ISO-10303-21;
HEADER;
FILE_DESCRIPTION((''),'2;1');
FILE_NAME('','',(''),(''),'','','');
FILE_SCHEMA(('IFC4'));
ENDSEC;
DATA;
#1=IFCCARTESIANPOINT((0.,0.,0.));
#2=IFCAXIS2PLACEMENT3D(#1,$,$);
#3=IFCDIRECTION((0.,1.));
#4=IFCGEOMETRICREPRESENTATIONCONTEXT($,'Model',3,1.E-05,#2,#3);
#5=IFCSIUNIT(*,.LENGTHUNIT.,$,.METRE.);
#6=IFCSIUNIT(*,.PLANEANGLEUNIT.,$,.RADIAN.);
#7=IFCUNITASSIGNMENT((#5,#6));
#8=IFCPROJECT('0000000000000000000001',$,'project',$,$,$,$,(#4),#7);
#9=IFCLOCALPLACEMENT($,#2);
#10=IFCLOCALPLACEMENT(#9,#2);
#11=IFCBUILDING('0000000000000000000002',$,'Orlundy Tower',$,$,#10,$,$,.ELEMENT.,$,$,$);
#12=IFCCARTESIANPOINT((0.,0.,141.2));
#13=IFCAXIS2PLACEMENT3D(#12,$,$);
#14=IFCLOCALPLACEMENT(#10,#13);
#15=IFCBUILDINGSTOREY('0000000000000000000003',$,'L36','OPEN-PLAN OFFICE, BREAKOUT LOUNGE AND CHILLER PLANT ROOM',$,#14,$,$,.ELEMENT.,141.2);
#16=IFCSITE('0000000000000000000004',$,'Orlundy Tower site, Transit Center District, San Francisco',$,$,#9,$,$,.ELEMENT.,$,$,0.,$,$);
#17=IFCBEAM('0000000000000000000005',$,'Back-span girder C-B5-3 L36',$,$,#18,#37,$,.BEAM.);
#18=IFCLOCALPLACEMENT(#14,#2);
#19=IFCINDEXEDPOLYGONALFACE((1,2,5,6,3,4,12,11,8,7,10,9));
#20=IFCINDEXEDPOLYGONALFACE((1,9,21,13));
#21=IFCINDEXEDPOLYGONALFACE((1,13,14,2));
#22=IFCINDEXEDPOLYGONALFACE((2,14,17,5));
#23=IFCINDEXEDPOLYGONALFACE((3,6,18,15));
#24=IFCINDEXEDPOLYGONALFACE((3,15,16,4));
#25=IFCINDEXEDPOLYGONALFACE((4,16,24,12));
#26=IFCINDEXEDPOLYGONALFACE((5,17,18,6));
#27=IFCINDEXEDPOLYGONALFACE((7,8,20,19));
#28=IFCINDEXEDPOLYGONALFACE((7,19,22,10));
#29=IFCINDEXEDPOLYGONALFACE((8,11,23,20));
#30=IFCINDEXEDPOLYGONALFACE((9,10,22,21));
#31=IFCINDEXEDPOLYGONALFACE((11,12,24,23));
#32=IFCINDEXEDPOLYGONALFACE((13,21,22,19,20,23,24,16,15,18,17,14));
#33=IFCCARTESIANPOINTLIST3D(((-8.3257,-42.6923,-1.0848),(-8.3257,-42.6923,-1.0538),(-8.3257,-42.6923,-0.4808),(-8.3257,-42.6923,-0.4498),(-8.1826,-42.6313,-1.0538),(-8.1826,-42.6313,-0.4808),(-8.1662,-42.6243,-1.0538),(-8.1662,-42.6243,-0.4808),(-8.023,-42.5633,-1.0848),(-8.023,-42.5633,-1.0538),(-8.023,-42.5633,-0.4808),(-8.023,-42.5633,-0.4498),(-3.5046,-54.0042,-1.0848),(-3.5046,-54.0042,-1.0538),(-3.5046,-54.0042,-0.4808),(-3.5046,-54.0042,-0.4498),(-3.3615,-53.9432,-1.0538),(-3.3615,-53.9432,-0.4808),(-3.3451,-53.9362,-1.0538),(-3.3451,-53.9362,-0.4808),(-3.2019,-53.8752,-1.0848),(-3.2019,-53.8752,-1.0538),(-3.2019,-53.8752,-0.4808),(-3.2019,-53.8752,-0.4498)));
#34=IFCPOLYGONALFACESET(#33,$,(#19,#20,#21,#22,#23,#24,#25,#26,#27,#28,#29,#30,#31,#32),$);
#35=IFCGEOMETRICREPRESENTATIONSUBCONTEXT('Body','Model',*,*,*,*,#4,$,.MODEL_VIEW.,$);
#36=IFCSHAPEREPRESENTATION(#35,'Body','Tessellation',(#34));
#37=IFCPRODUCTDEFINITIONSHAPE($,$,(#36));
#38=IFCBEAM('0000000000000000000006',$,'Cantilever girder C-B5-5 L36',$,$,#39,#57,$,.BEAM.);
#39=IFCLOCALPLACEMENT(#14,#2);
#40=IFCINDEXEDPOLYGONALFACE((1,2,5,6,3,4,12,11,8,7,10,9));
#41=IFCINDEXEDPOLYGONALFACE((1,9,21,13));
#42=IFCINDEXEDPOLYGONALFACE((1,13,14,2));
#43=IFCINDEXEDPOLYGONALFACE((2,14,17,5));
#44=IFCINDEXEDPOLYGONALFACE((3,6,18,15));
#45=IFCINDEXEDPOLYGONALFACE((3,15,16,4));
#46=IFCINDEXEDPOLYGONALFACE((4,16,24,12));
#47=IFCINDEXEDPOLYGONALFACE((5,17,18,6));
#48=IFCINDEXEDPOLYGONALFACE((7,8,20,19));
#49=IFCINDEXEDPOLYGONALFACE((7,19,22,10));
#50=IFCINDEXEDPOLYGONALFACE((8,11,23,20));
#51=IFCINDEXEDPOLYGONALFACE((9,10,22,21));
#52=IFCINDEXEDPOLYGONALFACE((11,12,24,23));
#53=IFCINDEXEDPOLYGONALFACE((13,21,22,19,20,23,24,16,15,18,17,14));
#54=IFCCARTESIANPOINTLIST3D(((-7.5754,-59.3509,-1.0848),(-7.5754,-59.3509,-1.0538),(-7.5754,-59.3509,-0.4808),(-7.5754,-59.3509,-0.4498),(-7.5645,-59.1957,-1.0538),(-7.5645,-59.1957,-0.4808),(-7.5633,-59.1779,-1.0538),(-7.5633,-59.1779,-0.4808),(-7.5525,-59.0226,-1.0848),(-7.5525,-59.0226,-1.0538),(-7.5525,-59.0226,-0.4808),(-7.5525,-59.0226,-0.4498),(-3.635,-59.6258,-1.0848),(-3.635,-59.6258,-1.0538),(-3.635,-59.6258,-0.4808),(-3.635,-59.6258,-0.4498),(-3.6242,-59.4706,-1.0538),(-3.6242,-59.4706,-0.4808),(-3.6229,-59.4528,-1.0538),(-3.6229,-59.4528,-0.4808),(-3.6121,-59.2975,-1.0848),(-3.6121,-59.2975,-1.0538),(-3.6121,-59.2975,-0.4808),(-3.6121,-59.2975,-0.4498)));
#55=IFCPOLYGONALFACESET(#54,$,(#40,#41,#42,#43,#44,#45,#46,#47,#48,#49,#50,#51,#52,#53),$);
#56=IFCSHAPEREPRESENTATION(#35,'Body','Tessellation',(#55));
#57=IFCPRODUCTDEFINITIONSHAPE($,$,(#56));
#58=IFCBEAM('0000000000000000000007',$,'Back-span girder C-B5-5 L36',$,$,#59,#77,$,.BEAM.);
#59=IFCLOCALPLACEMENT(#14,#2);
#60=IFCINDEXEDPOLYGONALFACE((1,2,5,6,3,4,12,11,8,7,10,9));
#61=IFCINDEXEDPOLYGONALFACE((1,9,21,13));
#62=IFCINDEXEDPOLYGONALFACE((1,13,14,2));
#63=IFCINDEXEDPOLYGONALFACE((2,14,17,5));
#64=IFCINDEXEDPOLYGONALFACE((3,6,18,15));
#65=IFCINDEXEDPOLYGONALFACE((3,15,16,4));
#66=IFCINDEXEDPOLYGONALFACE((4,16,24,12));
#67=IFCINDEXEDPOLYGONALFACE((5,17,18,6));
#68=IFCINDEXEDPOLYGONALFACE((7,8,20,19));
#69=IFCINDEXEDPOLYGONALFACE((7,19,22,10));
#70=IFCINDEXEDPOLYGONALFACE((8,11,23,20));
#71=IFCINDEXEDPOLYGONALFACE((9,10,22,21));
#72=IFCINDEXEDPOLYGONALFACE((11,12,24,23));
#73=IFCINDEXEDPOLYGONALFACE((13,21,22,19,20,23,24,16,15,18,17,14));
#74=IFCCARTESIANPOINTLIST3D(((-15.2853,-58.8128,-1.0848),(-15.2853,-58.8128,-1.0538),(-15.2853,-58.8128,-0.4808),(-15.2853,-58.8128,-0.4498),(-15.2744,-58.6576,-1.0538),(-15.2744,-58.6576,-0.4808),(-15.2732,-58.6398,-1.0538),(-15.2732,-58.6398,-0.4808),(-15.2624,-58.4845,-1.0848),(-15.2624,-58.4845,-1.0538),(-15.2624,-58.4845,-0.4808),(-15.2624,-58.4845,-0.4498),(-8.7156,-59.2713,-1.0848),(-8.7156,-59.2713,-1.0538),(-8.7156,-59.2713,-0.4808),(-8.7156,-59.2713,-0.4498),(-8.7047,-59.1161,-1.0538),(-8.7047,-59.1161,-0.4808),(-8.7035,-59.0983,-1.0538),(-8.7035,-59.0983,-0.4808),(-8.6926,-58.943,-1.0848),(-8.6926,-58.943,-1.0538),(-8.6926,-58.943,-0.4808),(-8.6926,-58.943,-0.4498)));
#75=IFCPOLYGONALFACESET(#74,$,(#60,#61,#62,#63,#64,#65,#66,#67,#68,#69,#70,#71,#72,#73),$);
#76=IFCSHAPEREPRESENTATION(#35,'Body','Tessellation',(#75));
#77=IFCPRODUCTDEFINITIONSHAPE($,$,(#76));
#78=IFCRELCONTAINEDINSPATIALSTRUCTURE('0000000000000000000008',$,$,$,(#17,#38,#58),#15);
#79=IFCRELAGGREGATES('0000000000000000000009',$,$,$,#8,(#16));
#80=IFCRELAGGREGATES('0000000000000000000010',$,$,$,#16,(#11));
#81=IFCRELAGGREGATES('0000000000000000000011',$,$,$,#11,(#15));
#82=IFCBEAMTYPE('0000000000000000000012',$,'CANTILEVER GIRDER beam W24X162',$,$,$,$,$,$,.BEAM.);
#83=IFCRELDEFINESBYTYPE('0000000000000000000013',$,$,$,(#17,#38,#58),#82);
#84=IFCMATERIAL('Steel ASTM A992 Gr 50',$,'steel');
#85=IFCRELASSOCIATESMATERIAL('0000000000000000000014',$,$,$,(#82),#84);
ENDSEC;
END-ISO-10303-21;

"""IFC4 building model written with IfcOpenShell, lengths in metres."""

from ifc_helpers import new_model, si_unit, direction, frame, origin, origin_2d, place, context, subcontext, project, spatial, i_section, extrude, material, material_profile, profile_set, type_object, element, save


model = new_model("IFC4")

# Units and contexts
model_context = context("Model", 3, precision=1e-05, world=origin(), true_north=direction((0.0, 1.0)))
body_context = subcontext(model_context, "Body", "Model", "MODEL_VIEW")
ifc_project = project(units=[si_unit("LENGTHUNIT", "METRE"), si_unit("PLANEANGLEUNIT", "RADIAN")], contexts=[model_context])

# Site, building, storey
site_placement = place(None, origin())
site = spatial("IfcSite", under=ifc_project, at=site_placement, Name="Orlundy Tower site, Transit Center District, San Francisco", CompositionType="ELEMENT", RefElevation=0.0)
building_placement = place(site_placement, origin())
building = spatial("IfcBuilding", under=site, at=building_placement, Name="Orlundy Tower", CompositionType="ELEMENT")
storey_placement = place(building_placement, frame((0.0, 0.0, 141.2)))
storey = spatial("IfcBuildingStorey", under=building, at=storey_placement, Name="L36", Description="OPEN-PLAN OFFICE, BREAKOUT LOUNGE AND CHILLER PLANT ROOM", CompositionType="ELEMENT", Elevation=141.2)

# Beams
ifc_material_1 = material(Name="Steel ASTM A992 Gr 50", Category="steel")
ifc_material_profile_1 = material_profile(ifc_material_1, i_section(OverallWidth=0.3291, OverallDepth=0.635, WebThickness=0.0178, FlangeThickness=0.031, at=origin_2d()), Name="W24X162")
ifc_profile_set_1 = profile_set([ifc_material_profile_1], Name="Steel ASTM A992 Gr 50")
beam_type_1 = type_object("IfcBeamType", Name="CANTILEVER GIRDER beam W24X162", PredefinedType="BEAM", material=ifc_profile_set_1)
beam_1_placement = place(storey_placement, frame((-3.3533, -53.9397, -0.7673), z_axis=(-0.392073, 0.919934, 0.0), x_axis=(-0.919934, -0.392073, 0.0)))
element("IfcBeam", 1, at=beam_1_placement, inside=storey, type_object=beam_type_1, Name="Back-span girder C-B5-3 L36", PredefinedType="BEAM", context=body_context, shape_type="SweptSolid", body=[
    extrude(i_section(OverallWidth=0.3291, OverallDepth=0.635, WebThickness=0.0178, FlangeThickness=0.031, at=origin_2d()), origin(), (0.0, 0.0, 1.0), 12.2964),
])
beam_2_placement = place(storey_placement, frame((-3.6235, -59.4617, -0.7673), z_axis=(-0.997575, 0.069595, 0.0), x_axis=(-0.069595, -0.997575, 0.0)))
element("IfcBeam", 2, at=beam_2_placement, inside=storey, type_object=beam_type_1, Name="Cantilever girder C-B5-5 L36", PredefinedType="BEAM", context=body_context, shape_type="SweptSolid", body=[
    extrude(i_section(OverallWidth=0.3291, OverallDepth=0.635, WebThickness=0.0178, FlangeThickness=0.031, at=origin_2d()), origin(), (0.0, 0.0, 1.0), 3.95),
])
beam_3_placement = place(storey_placement, frame((-8.7041, -59.1072, -0.7673), z_axis=(-0.997574, 0.069619, 0.0), x_axis=(-0.069619, -0.997574, 0.0)))
element("IfcBeam", 3, at=beam_3_placement, inside=storey, type_object=beam_type_1, Name="Back-span girder C-B5-5 L36", PredefinedType="BEAM", context=body_context, shape_type="SweptSolid", body=[
    extrude(i_section(OverallWidth=0.3291, OverallDepth=0.635, WebThickness=0.0178, FlangeThickness=0.031, at=origin_2d()), origin(), (0.0, 0.0, 1.0), 6.5857),
])

save(model, "model.ifc")
